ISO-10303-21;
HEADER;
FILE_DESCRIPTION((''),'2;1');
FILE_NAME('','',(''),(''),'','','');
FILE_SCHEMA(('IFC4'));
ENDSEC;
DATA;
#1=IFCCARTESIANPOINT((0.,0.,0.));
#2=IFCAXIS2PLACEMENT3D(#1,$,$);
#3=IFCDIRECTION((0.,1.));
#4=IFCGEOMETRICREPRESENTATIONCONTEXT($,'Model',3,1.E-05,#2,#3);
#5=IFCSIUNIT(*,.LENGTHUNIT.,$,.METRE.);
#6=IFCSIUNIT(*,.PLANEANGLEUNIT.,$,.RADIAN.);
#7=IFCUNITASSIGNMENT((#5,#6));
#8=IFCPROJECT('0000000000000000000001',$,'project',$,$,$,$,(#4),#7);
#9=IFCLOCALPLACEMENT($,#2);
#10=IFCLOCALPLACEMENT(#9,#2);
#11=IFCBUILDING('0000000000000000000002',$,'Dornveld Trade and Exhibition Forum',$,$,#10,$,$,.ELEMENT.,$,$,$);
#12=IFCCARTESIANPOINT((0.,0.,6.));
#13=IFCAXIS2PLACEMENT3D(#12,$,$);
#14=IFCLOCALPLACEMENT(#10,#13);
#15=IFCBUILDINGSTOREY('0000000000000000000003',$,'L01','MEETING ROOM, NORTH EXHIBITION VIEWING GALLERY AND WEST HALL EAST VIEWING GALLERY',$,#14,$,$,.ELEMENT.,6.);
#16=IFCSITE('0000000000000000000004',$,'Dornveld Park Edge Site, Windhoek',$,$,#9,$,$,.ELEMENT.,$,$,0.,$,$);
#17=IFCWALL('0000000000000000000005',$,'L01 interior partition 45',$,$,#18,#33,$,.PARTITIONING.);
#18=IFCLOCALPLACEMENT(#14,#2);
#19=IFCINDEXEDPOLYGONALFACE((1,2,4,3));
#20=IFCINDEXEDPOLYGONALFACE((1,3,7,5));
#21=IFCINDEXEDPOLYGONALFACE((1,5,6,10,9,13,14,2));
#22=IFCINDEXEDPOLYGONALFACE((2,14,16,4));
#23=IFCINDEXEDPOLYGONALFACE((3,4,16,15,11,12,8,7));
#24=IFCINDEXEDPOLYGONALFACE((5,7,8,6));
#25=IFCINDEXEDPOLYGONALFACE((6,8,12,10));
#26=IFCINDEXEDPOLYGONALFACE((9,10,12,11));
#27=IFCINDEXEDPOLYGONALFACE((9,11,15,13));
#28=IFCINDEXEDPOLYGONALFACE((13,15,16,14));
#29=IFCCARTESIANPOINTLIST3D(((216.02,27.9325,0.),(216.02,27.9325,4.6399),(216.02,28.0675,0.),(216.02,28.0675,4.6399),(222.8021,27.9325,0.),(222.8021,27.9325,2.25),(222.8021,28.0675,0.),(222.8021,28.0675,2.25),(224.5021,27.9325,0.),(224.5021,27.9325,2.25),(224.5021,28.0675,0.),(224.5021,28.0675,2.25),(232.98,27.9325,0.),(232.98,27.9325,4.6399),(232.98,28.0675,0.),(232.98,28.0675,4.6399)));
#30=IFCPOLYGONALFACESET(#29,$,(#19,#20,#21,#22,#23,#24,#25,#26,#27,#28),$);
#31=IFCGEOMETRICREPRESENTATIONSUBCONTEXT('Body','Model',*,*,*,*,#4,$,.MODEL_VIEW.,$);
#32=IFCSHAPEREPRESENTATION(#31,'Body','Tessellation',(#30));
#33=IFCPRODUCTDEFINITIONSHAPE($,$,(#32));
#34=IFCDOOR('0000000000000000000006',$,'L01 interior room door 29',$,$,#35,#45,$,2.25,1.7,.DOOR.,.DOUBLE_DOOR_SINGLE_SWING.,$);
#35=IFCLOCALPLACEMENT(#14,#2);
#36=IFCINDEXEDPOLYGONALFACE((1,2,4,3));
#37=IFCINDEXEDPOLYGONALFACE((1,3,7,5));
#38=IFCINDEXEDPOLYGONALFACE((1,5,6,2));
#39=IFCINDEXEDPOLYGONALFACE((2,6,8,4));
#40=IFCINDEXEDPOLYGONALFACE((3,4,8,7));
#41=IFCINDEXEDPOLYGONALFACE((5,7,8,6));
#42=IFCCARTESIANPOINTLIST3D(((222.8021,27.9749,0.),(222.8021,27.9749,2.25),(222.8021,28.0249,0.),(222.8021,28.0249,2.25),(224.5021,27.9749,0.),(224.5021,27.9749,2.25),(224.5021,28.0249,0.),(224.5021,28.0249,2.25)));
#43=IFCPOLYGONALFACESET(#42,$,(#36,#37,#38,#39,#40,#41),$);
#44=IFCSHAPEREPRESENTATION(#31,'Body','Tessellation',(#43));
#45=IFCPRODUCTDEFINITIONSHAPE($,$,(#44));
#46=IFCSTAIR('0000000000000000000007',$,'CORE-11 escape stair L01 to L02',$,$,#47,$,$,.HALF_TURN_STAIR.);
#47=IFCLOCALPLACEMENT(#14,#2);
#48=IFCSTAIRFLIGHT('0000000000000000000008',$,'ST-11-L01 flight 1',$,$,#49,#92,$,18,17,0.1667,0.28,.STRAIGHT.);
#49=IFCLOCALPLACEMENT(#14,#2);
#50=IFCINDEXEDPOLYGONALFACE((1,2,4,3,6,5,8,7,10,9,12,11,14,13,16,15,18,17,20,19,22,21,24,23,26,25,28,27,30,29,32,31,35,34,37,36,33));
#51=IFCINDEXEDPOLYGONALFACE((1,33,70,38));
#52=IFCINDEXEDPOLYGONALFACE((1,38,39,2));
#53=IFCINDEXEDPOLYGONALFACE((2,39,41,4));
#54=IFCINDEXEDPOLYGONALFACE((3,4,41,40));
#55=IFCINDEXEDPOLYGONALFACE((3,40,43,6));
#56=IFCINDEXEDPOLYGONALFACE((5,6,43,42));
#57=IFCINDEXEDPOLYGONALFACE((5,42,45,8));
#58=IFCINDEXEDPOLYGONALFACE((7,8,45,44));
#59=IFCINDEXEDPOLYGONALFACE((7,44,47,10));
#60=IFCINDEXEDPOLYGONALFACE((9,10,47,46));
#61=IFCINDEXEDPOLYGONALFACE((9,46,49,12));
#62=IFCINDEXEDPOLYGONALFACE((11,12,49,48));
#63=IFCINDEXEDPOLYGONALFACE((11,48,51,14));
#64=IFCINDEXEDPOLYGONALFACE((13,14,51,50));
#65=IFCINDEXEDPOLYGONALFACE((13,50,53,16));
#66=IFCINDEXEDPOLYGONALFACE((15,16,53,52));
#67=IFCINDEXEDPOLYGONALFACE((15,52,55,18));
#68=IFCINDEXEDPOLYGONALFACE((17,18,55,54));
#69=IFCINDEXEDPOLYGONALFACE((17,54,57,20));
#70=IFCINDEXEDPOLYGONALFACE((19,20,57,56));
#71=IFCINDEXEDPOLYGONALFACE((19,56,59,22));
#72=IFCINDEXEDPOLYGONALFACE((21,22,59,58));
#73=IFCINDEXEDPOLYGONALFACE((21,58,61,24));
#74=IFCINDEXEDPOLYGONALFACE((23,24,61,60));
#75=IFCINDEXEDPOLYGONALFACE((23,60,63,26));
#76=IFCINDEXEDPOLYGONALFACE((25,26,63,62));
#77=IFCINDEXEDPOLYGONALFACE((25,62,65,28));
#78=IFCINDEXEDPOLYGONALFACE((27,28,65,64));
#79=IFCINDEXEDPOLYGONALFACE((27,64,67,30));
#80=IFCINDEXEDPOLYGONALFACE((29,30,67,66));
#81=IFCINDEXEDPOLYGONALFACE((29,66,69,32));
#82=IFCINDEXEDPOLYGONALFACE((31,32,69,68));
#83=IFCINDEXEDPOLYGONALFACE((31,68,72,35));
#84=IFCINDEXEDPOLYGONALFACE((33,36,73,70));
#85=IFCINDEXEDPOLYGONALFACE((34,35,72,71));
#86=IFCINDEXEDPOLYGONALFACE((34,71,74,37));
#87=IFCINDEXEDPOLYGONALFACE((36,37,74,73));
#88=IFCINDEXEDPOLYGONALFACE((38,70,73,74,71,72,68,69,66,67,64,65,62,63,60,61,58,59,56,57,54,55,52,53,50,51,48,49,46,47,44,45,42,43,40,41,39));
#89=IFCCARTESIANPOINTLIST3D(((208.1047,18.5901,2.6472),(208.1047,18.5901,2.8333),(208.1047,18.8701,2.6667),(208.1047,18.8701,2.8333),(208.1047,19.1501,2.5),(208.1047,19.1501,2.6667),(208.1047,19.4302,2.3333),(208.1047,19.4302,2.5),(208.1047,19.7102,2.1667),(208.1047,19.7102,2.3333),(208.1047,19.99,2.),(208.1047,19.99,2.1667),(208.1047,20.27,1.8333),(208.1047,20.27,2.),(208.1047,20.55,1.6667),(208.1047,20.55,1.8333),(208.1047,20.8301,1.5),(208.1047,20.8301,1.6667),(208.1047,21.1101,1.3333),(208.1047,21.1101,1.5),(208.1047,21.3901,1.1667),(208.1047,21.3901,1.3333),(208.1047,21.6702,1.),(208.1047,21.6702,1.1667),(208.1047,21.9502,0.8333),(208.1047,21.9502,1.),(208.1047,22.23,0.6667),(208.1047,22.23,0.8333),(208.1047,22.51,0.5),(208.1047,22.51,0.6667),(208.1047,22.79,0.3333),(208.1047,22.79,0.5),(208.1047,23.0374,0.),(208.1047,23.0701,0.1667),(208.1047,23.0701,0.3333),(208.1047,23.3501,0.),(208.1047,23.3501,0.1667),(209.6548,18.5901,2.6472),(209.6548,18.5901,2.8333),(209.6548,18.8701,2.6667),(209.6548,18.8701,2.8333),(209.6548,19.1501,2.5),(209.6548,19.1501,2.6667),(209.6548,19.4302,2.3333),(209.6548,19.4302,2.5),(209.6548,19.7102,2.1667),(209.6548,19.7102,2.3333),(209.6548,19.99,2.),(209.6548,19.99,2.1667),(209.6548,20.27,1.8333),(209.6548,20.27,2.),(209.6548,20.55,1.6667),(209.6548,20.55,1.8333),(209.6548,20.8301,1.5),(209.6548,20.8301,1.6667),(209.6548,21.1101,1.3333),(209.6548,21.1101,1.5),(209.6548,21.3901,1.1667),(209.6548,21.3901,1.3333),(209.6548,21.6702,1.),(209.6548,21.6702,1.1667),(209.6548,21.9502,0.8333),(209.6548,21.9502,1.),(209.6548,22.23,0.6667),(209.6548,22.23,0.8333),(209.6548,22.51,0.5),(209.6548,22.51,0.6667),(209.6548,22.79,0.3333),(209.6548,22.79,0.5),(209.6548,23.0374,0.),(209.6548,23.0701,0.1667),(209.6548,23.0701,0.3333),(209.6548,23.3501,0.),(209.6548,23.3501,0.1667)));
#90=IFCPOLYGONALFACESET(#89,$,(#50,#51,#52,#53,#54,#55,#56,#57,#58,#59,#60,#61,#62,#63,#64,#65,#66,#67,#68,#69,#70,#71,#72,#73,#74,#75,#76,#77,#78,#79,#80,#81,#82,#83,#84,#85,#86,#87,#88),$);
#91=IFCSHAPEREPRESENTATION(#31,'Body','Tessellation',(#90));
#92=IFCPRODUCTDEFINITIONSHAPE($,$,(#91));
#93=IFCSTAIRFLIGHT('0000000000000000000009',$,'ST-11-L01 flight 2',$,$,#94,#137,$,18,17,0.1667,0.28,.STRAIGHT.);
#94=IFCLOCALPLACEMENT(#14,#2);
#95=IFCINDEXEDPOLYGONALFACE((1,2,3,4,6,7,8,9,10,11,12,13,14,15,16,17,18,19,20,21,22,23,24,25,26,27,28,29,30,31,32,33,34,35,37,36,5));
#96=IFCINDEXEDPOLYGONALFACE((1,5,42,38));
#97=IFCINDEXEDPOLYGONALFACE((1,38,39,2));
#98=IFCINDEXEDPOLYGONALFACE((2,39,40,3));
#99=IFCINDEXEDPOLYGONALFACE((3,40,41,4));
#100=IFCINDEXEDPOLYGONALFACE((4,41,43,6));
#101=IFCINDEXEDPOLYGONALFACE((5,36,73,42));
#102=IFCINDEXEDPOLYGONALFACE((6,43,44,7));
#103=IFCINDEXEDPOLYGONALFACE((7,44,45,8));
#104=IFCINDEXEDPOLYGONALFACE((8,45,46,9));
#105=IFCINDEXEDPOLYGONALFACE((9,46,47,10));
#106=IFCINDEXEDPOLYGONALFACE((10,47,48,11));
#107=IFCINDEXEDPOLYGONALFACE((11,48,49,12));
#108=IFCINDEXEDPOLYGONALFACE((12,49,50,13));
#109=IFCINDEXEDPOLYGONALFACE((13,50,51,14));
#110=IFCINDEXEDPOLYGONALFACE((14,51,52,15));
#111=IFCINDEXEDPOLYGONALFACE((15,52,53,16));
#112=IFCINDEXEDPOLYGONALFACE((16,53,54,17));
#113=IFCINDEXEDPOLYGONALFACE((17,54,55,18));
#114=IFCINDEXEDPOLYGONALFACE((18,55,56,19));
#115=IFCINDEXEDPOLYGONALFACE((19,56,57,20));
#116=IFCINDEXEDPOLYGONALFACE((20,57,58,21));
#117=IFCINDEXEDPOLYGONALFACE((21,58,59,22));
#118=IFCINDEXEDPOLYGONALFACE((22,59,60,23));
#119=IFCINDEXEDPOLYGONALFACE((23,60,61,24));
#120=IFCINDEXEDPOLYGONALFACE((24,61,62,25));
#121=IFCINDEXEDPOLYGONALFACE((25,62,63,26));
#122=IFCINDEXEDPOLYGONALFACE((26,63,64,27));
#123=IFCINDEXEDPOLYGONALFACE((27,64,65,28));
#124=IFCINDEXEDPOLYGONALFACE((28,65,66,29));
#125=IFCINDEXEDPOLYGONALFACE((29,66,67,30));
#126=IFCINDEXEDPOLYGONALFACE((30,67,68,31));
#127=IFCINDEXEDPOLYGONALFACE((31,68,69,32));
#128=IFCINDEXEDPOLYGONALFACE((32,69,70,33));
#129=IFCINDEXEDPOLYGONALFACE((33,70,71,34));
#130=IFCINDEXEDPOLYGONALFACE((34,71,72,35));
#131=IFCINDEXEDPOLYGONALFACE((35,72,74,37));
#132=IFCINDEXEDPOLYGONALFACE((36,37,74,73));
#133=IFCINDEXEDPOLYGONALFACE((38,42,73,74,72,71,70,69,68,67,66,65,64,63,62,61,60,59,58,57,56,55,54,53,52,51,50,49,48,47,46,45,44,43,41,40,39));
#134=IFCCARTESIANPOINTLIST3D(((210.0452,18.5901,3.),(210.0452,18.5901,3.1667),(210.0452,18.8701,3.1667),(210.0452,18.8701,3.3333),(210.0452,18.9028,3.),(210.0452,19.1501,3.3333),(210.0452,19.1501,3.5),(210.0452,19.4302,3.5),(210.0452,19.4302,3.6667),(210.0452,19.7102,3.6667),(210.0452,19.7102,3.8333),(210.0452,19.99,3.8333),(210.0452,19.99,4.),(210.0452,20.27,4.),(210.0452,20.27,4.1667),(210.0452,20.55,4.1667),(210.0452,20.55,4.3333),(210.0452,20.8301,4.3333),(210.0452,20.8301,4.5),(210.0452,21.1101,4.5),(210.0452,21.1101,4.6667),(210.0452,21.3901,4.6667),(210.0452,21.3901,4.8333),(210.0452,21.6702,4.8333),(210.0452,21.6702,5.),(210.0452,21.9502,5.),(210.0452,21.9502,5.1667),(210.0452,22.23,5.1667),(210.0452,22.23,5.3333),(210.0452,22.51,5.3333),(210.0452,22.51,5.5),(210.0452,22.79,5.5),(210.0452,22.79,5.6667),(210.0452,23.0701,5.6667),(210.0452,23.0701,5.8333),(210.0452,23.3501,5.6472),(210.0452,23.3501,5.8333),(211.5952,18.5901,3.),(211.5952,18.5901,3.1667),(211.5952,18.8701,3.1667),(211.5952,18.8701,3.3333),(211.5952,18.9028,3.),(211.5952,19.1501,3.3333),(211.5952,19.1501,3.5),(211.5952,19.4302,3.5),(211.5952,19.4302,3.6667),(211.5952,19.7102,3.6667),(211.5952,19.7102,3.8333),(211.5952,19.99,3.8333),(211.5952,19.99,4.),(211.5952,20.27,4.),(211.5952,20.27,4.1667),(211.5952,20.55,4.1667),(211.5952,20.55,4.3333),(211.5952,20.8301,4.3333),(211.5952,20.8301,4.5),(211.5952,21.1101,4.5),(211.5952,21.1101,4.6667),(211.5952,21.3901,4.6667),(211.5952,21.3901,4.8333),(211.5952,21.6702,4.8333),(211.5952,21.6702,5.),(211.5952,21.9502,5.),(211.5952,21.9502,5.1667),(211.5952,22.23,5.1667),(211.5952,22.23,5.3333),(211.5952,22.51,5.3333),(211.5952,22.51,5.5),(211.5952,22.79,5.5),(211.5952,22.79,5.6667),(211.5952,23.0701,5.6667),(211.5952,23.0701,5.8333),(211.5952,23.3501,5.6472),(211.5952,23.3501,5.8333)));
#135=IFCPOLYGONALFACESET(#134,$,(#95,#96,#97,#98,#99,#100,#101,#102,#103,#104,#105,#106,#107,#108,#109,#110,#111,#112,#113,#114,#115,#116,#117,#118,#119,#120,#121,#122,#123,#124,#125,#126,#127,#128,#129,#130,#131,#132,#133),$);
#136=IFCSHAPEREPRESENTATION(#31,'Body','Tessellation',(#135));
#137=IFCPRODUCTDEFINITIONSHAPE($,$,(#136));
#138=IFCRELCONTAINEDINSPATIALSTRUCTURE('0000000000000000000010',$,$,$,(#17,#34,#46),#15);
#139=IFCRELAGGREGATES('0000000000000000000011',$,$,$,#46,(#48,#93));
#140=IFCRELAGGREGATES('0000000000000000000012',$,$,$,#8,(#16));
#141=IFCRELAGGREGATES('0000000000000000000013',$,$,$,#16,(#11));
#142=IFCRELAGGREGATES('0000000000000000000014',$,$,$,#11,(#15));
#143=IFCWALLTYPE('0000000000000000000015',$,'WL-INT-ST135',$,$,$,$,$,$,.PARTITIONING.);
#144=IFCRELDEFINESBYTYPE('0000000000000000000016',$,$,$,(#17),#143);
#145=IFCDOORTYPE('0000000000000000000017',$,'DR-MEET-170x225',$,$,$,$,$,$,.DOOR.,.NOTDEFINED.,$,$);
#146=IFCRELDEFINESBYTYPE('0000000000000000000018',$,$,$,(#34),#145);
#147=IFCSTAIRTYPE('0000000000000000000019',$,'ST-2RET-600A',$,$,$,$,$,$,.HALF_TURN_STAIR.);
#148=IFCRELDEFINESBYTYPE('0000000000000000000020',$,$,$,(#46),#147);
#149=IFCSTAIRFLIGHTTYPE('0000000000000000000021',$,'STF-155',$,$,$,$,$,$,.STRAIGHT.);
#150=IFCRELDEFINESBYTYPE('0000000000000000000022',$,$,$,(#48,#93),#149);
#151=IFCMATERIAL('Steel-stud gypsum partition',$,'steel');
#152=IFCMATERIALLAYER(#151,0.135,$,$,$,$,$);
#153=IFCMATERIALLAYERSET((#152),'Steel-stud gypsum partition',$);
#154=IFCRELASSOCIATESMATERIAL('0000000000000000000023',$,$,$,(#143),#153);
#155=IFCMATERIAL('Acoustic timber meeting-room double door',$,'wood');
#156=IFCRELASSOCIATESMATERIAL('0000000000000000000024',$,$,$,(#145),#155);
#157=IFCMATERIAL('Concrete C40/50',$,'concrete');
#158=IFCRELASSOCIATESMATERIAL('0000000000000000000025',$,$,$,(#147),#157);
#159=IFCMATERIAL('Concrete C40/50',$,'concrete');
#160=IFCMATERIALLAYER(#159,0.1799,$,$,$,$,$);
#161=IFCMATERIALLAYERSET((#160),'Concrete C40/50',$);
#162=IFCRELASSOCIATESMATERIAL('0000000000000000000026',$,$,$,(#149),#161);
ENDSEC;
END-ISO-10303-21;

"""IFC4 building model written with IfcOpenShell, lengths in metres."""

from ifc_helpers import new_model, si_unit, direction, frame, frame_2d, origin, place, context, subcontext, project, spatial, polyline, rectangle, outline, extrude, material, layer, layer_set, type_object, element, fill, aggregate, save


model = new_model("IFC4")

# Units and contexts
model_context = context("Model", 3, precision=1e-05, world=origin(), true_north=direction((0.0, 1.0)))
body_context = subcontext(model_context, "Body", "Model", "MODEL_VIEW")
ifc_project = project(units=[si_unit("LENGTHUNIT", "METRE"), si_unit("PLANEANGLEUNIT", "RADIAN")], contexts=[model_context])

# Site, building, storey
site_placement = place(None, origin())
site = spatial("IfcSite", under=ifc_project, at=site_placement, Name="Dornveld Park Edge Site, Windhoek", CompositionType="ELEMENT", RefElevation=0.0)
building_placement = place(site_placement, origin())
building = spatial("IfcBuilding", under=site, at=building_placement, Name="Dornveld Trade and Exhibition Forum", CompositionType="ELEMENT")
storey_placement = place(building_placement, frame((0.0, 0.0, 6.0)))
storey = spatial("IfcBuildingStorey", under=building, at=storey_placement, Name="L01", Description="MEETING ROOM, NORTH EXHIBITION VIEWING GALLERY AND WEST HALL EAST VIEWING GALLERY", CompositionType="ELEMENT", Elevation=6.0)

# Wall, opening, door
ifc_material_1 = material(Name="Steel-stud gypsum partition", Category="steel")
ifc_layer_1 = layer(ifc_material_1, 0.135)
ifc_layer_set_1 = layer_set([ifc_layer_1], Name="Steel-stud gypsum partition")
wall_type_1 = type_object("IfcWallType", Name="WL-INT-ST135", PredefinedType="PARTITIONING", material=ifc_layer_set_1)
wall_1_placement = place(storey_placement, frame((216.02, 28.0, 0.0), z_axis=(0.0, 0.0, 1.0), x_axis=(1.0, 0.0, 0.0)))
wall_1 = element("IfcWall", 1, at=wall_1_placement, inside=storey, type_object=wall_type_1, Name="L01 interior partition 45", PredefinedType="PARTITIONING", context=body_context, shape_type="SweptSolid", body=[
    extrude(rectangle(XDim=16.96, YDim=0.135, at=frame_2d((8.48, 0.0))), origin(), (0.0, 0.0, 1.0), 4.6399),
])
opening_1_placement = place(wall_1_placement, frame((6.782, 0.0, 0.0)))
opening_1 = element("IfcOpeningElement", 2, at=opening_1_placement, cuts=wall_1, PredefinedType="OPENING", context=body_context, shape_type="SweptSolid", body=[
    extrude(rectangle(XDim=1.7, YDim=2.25, at=frame_2d((0.8501, 1.125))), frame((0.0, 0.0774, 0.0), z_axis=(0.0, -1.0, 0.0), x_axis=(1.0, 0.0, 0.0)), (0.0, 0.0, 1.0), 0.155),
])
ifc_material_2 = material(Name="Acoustic timber meeting-room double door", Category="wood")
door_type_1 = type_object("IfcDoorType", Name="DR-MEET-170x225", OperationType="NOTDEFINED", PredefinedType="DOOR", material=ifc_material_2)
door_1_placement = place(opening_1_placement, origin())
door_1 = element("IfcDoor", 3, at=door_1_placement, inside=storey, type_object=door_type_1, Name="L01 interior room door 29", OperationType="DOUBLE_DOOR_SINGLE_SWING", OverallHeight=2.25, OverallWidth=1.7, PredefinedType="DOOR", context=body_context, shape_type="SweptSolid", body=[
    extrude(rectangle(XDim=1.7, YDim=2.25, at=frame_2d((0.8501, 1.125))), frame((0.0, 0.0249, 0.0), z_axis=(0.0, -1.0, 0.0), x_axis=(1.0, 0.0, 0.0)), (0.0, 0.0, 1.0), 0.05),
])
fill(opening_1, door_1)

# Stair, stair flights
ifc_material_3 = material(Name="Concrete C40/50", Category="concrete")
stair_type = type_object("IfcStairType", Name="ST-2RET-600A", PredefinedType="HALF_TURN_STAIR", material=ifc_material_3)
stair_placement = place(storey_placement, origin())
stair = element("IfcStair", 4, at=stair_placement, inside=storey, type_object=stair_type, Name="CORE-11 escape stair L01 to L02", PredefinedType="HALF_TURN_STAIR")
ifc_material_4 = material(Name="Concrete C40/50", Category="concrete")
ifc_layer_2 = layer(ifc_material_4, 0.1799)
ifc_layer_set_2 = layer_set([ifc_layer_2], Name="Concrete C40/50")
stair_flight_type = type_object("IfcStairFlightType", Name="STF-155", PredefinedType="STRAIGHT", material=ifc_layer_set_2)
stair_flight_1_placement = place(storey_placement, frame((208.8799, 23.3501, 0.0), z_axis=(0.0, 0.0, 1.0), x_axis=(0.0, -1.0, 0.0)))
stair_flight_1 = element("IfcStairFlight", 5, at=stair_flight_1_placement, type_object=stair_flight_type, Name="ST-11-L01 flight 1", NumberOfRisers=18, NumberOfTreads=17, PredefinedType="STRAIGHT", RiserHeight=0.1667, TreadLength=0.28, context=body_context, shape_type="SweptSolid", body=[
    extrude(outline(polyline([(0.0, 0.0), (0.0, 0.1667), (0.28, 0.1667), (0.28, 0.3333), (0.5601, 0.3333), (0.5601, 0.5), (0.8401, 0.5), (0.8401, 0.6667), (1.1201, 0.6667), (1.1201, 0.8333), (1.3999, 0.8333), (1.3999, 1.0), (1.6799, 1.0), (1.6799, 1.1667), (1.96, 1.1667), (1.96, 1.3333), (2.24, 1.3333), (2.24, 1.5), (2.52, 1.5), (2.52, 1.6667), (2.8, 1.6667), (2.8, 1.8333), (3.0801, 1.8333), (3.0801, 2.0), (3.3601, 2.0), (3.3601, 2.1667), (3.6399, 2.1667), (3.6399, 2.3333), (3.9199, 2.3333), (3.9199, 2.5), (4.2, 2.5), (4.2, 2.6667), (4.48, 2.6667), (4.48, 2.8333), (4.76, 2.8333), (4.76, 3.0), (4.76, 2.6472), (0.3127, 0.0), (0.0, 0.0)])), frame((0.0, 0.7749, 0.0), z_axis=(0.0, -1.0, 0.0), x_axis=(1.0, 0.0, 0.0)), (0.0, 0.0, 1.0), 1.55),
])
stair_flight_2_placement = place(storey_placement, frame((210.8201, 18.5901, 3.0), z_axis=(0.0, 0.0, 1.0), x_axis=(0.0, 1.0, 0.0)))
stair_flight_2 = element("IfcStairFlight", 6, at=stair_flight_2_placement, type_object=stair_flight_type, Name="ST-11-L01 flight 2", NumberOfRisers=18, NumberOfTreads=17, PredefinedType="STRAIGHT", RiserHeight=0.1667, TreadLength=0.28, context=body_context, shape_type="SweptSolid", body=[
    extrude(outline(polyline([(0.0, 0.0), (0.0, 0.1667), (0.28, 0.1667), (0.28, 0.3333), (0.5601, 0.3333), (0.5601, 0.5), (0.8401, 0.5), (0.8401, 0.6667), (1.1201, 0.6667), (1.1201, 0.8333), (1.3999, 0.8333), (1.3999, 1.0), (1.6799, 1.0), (1.6799, 1.1667), (1.96, 1.1667), (1.96, 1.3333), (2.24, 1.3333), (2.24, 1.5), (2.52, 1.5), (2.52, 1.6667), (2.8, 1.6667), (2.8, 1.8333), (3.0801, 1.8333), (3.0801, 2.0), (3.3601, 2.0), (3.3601, 2.1667), (3.6399, 2.1667), (3.6399, 2.3333), (3.9199, 2.3333), (3.9199, 2.5), (4.2, 2.5), (4.2, 2.6667), (4.48, 2.6667), (4.48, 2.8333), (4.76, 2.8333), (4.76, 3.0), (4.76, 2.6472), (0.3127, 0.0), (0.0, 0.0)])), frame((0.0, 0.7749, 0.0), z_axis=(0.0, -1.0, 0.0), x_axis=(1.0, 0.0, 0.0)), (0.0, 0.0, 1.0), 1.55),
])
aggregate(stair, [stair_flight_1, stair_flight_2])

save(model, "model.ifc")
